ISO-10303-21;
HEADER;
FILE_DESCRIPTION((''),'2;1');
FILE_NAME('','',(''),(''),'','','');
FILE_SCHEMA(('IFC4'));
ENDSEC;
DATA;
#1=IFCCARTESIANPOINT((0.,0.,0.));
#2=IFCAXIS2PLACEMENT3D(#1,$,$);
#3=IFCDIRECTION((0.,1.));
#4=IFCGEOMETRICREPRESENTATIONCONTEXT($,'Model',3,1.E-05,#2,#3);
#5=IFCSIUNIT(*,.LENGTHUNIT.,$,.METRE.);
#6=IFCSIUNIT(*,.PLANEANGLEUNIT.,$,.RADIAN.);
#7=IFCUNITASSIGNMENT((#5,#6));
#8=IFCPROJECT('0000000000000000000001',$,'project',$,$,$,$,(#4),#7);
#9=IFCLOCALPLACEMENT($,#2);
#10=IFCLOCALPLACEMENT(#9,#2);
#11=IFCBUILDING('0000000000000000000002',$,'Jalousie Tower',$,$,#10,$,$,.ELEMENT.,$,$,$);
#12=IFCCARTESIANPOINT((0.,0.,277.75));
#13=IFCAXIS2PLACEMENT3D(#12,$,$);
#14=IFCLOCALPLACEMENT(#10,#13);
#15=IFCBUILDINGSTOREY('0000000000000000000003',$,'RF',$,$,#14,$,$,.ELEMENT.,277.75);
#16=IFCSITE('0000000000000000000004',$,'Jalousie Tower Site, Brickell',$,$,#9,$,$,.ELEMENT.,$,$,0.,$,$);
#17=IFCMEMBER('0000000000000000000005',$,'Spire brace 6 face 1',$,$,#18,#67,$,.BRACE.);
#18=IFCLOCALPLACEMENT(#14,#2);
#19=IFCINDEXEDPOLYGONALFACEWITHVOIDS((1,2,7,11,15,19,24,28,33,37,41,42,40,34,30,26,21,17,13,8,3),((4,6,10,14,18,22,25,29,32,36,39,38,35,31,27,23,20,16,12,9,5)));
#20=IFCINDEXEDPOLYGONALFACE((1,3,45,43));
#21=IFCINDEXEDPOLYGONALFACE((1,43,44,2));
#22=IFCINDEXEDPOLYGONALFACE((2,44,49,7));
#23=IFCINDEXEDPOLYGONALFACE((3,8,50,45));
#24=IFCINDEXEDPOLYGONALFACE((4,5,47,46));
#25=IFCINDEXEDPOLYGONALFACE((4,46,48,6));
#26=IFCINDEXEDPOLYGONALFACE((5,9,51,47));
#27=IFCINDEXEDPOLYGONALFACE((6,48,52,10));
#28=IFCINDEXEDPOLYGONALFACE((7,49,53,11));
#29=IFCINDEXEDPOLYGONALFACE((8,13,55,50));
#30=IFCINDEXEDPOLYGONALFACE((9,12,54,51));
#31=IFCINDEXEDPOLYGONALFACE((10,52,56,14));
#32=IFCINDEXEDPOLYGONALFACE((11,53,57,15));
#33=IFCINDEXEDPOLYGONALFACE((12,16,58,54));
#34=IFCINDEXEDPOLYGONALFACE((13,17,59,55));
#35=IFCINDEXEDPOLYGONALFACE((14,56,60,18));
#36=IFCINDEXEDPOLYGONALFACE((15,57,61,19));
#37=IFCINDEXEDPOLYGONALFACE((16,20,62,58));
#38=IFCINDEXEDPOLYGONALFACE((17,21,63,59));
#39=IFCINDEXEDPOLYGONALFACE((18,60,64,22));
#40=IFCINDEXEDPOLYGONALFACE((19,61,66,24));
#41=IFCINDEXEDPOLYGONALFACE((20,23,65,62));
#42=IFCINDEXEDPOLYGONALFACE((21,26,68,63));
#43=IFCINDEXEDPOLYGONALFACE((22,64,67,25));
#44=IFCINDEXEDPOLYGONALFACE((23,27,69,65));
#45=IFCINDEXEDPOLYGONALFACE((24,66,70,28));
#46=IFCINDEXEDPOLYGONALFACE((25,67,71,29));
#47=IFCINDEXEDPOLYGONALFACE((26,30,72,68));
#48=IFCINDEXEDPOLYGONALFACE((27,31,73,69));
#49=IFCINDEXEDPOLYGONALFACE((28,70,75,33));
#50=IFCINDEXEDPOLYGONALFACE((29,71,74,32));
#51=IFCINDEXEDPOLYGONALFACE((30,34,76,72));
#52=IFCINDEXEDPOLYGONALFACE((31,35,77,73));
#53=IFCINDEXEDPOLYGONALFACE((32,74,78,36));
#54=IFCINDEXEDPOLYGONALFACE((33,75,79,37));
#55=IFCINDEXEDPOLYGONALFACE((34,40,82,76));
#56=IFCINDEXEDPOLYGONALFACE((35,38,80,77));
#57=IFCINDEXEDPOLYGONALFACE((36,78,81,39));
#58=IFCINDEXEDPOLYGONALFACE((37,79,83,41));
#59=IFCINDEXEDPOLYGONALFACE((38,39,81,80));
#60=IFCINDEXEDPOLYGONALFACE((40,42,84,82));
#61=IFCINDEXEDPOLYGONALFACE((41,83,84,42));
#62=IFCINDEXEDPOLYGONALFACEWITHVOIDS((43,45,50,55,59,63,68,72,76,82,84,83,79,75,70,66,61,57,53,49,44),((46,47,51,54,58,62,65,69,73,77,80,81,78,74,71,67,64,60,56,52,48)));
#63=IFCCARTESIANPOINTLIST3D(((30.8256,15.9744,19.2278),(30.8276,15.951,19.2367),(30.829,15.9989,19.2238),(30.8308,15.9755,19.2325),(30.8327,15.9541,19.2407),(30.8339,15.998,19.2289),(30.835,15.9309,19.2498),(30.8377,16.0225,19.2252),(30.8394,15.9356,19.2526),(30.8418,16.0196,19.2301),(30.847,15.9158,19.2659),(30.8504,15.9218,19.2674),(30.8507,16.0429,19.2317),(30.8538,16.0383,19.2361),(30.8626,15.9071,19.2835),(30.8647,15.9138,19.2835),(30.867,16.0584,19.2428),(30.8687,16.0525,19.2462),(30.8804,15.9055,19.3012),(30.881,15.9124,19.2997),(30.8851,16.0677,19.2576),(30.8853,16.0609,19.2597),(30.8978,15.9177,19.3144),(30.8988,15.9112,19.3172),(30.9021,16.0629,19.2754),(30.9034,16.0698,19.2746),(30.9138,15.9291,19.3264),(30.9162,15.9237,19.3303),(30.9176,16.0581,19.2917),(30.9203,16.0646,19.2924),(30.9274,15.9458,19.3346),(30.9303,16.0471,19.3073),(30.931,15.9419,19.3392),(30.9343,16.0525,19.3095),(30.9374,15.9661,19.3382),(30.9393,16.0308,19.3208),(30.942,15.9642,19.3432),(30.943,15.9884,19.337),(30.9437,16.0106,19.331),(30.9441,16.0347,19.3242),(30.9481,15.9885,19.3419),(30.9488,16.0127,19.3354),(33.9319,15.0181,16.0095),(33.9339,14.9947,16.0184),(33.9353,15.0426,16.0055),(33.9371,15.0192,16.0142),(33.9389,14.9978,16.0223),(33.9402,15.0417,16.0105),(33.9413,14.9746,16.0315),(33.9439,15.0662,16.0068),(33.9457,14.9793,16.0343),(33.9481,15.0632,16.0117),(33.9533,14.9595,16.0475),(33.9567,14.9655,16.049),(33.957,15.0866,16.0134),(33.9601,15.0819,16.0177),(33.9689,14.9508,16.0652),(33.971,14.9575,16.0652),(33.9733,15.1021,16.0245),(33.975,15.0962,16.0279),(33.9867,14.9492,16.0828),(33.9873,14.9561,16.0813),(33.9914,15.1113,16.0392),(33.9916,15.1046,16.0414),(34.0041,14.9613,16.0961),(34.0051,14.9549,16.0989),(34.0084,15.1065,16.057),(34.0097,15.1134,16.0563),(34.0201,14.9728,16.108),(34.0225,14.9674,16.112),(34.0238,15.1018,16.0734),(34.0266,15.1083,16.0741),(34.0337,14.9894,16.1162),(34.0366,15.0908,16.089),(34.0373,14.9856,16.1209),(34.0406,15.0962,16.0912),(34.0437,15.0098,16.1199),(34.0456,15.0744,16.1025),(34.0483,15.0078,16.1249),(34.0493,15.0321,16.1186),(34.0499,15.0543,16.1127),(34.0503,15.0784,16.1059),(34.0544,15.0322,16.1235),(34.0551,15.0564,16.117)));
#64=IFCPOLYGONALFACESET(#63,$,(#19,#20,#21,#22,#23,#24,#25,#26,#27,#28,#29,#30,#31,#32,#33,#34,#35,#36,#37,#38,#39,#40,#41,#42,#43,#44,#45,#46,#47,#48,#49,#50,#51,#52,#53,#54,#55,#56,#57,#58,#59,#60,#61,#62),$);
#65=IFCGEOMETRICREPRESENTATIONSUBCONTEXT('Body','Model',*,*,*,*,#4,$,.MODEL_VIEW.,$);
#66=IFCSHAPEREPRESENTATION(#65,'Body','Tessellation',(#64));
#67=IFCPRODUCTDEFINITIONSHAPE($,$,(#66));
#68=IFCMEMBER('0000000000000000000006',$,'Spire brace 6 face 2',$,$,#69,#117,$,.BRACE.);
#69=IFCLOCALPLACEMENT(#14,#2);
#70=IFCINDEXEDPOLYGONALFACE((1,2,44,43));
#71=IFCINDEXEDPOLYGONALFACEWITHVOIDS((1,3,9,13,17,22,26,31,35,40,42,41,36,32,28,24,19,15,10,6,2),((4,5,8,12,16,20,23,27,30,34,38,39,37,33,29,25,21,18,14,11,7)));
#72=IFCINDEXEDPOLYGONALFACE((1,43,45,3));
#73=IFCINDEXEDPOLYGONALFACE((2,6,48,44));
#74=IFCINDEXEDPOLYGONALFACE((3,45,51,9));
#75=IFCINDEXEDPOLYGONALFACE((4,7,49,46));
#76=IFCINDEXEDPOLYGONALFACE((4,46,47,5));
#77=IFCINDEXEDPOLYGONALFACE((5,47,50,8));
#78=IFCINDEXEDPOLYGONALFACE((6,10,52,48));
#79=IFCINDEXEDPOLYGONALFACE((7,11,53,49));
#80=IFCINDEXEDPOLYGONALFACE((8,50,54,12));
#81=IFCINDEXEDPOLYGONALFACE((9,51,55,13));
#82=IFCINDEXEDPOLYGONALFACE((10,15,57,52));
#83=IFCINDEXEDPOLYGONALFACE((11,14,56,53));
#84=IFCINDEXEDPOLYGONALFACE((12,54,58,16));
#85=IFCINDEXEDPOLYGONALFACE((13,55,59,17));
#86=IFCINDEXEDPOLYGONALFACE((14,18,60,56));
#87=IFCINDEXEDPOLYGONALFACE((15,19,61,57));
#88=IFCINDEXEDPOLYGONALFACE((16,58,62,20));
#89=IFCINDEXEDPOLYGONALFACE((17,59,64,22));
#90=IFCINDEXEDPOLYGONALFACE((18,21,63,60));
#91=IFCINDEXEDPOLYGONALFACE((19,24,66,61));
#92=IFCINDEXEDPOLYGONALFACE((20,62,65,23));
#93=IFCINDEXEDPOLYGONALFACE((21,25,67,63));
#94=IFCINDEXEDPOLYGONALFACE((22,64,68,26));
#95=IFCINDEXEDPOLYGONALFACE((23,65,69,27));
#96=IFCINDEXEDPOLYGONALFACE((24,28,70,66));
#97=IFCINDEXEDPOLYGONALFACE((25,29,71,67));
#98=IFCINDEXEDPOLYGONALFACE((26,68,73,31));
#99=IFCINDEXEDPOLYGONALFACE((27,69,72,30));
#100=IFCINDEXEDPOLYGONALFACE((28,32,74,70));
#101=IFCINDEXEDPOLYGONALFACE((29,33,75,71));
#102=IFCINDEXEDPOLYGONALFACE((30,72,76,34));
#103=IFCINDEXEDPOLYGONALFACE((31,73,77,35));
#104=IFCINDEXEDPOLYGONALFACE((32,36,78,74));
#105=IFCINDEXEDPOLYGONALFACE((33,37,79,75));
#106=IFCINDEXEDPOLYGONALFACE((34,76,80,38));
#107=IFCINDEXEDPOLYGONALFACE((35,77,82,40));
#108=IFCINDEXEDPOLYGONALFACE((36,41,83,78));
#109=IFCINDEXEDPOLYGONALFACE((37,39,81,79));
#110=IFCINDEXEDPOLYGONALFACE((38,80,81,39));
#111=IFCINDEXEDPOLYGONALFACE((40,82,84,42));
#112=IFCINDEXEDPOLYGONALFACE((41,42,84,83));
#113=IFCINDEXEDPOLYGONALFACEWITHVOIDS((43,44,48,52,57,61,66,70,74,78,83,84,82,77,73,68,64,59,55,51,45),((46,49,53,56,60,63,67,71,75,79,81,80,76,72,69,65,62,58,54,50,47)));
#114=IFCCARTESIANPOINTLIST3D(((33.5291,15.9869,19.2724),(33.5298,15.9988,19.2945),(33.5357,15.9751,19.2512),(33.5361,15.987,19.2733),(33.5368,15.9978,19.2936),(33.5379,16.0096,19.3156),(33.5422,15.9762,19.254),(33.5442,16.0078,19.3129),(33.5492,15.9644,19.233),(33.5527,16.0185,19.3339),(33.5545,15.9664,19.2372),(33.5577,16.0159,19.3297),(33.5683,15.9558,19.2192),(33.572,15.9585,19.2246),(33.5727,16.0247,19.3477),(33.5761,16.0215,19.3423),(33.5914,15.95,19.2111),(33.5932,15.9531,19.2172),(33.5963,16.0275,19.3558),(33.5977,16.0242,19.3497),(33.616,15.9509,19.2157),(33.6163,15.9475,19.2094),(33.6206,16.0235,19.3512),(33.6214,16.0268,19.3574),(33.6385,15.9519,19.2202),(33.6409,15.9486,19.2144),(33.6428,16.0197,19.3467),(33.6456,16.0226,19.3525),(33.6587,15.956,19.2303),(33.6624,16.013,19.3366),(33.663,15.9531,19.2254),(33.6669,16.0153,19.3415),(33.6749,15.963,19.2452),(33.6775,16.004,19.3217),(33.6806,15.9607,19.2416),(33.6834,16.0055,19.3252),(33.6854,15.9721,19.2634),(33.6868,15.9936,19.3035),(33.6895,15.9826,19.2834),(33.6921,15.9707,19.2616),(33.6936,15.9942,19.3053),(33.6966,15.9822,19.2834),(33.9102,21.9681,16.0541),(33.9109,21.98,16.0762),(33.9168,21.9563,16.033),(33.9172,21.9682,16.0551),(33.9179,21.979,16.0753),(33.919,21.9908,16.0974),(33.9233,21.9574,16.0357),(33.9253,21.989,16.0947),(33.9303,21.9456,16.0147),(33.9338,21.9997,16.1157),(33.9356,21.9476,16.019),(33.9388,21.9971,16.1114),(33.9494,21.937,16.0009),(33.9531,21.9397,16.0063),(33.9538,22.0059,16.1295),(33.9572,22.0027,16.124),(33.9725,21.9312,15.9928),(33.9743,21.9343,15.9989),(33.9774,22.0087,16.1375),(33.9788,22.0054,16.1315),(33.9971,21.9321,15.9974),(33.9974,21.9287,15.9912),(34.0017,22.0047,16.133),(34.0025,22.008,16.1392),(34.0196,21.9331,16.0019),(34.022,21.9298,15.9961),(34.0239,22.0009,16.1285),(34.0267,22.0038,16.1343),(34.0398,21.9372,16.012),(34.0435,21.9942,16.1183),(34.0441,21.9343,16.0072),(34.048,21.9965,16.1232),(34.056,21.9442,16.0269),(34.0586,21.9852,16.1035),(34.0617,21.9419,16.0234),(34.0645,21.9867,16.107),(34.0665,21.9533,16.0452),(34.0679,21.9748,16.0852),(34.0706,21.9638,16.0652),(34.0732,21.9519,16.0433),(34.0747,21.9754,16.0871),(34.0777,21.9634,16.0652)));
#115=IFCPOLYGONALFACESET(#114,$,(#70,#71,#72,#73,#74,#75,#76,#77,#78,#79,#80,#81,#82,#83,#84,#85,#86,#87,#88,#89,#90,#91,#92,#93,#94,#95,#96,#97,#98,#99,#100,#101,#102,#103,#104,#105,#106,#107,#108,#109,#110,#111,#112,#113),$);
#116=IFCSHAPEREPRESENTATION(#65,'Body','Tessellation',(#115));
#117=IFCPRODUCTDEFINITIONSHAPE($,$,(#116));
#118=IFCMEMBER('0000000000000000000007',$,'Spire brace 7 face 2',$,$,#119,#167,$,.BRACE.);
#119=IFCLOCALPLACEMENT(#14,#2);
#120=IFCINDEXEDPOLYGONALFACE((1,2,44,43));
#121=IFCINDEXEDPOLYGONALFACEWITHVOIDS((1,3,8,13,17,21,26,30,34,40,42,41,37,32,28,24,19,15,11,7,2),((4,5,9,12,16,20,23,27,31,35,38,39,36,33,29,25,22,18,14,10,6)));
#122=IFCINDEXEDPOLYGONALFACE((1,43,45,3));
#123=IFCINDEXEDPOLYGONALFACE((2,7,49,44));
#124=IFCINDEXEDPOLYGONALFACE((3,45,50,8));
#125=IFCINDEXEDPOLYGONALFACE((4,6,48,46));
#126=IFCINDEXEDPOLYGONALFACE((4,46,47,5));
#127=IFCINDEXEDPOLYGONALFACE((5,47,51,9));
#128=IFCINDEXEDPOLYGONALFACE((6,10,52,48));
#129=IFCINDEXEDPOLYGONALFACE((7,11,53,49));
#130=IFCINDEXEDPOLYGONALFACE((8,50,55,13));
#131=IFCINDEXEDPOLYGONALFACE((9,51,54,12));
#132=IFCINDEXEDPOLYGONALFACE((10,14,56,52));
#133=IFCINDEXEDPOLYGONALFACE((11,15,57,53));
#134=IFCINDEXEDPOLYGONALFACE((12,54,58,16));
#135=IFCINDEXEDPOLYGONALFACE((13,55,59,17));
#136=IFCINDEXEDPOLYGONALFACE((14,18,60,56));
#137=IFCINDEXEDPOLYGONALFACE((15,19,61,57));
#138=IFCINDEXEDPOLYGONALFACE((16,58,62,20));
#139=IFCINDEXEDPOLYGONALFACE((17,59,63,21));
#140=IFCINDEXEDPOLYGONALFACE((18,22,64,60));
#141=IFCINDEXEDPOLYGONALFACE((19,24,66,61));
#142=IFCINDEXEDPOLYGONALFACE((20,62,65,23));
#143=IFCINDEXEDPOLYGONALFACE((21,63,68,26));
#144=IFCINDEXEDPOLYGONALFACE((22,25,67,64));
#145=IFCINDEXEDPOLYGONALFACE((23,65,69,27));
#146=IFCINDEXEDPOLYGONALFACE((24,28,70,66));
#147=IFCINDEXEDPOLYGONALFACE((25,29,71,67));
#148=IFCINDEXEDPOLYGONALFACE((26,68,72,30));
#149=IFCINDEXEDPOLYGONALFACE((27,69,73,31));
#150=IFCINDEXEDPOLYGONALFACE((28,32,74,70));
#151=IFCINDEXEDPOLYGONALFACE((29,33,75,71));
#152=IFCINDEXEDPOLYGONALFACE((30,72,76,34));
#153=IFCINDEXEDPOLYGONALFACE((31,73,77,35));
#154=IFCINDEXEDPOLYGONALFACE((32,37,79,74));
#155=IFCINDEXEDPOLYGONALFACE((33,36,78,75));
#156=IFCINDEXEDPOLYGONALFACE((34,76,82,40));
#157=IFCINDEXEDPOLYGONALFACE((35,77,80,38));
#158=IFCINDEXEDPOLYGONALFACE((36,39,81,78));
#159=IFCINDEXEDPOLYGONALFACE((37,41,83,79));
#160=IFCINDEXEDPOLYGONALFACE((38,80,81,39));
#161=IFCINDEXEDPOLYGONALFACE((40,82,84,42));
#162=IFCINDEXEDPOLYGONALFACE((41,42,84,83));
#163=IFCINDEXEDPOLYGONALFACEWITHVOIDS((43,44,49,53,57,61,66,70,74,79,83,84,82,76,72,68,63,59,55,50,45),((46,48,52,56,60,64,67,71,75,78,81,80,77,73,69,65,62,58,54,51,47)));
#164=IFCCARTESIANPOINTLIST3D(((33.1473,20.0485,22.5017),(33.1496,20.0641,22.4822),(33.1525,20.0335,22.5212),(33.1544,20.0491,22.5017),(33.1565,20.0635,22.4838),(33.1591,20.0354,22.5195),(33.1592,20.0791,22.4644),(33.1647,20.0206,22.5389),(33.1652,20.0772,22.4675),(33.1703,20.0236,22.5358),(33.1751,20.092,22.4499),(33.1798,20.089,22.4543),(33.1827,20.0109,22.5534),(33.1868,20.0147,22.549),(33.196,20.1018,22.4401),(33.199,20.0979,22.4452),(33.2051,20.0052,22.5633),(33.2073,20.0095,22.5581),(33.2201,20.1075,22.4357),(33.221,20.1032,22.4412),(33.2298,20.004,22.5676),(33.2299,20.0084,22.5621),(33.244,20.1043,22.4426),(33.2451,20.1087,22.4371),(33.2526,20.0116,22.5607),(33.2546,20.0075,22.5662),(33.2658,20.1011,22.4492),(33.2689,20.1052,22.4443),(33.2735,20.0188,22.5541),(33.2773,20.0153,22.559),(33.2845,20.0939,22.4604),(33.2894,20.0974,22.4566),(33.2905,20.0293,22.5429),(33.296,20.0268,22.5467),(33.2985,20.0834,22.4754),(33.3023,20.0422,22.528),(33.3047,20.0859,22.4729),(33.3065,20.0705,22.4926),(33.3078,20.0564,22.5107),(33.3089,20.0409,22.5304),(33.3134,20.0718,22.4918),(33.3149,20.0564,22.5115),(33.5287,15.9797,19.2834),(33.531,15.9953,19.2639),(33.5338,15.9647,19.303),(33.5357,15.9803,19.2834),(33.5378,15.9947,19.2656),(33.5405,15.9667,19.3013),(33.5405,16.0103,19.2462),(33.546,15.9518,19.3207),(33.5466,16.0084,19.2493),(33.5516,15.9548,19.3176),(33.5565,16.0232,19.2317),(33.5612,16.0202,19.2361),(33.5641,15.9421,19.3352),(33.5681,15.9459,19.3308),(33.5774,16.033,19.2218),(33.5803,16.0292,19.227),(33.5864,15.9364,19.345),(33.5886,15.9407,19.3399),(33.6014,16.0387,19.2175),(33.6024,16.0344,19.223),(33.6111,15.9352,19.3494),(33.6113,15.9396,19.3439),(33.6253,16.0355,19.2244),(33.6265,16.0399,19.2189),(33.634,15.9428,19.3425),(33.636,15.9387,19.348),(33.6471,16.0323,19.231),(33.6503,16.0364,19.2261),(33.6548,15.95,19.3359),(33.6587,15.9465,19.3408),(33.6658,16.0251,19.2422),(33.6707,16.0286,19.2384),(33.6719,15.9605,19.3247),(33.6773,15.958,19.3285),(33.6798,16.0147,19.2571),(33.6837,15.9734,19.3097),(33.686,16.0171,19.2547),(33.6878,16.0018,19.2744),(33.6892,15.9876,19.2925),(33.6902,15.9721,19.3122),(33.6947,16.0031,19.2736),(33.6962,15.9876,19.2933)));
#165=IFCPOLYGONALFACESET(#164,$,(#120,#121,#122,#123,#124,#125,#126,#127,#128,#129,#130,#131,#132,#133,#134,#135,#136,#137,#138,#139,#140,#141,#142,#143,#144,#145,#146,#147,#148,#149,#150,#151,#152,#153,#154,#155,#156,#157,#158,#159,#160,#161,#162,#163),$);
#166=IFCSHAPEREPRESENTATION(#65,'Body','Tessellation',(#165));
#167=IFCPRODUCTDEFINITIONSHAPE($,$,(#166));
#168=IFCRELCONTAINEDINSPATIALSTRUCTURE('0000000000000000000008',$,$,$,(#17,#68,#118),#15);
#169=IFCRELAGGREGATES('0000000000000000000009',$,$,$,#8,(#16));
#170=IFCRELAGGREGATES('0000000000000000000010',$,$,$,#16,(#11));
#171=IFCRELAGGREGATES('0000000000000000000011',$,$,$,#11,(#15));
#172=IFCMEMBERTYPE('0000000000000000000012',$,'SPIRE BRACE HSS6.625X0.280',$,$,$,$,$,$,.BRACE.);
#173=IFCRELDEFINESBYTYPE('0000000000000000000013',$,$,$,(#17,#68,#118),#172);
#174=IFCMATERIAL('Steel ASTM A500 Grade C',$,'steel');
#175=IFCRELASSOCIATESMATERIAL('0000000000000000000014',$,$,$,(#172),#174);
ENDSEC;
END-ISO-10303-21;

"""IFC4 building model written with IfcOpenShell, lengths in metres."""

from ifc_helpers import new_model, si_unit, direction, frame, origin, origin_2d, place, context, subcontext, project, spatial, hollow_circle, extrude, material, material_profile, profile_set, type_object, element, save


model = new_model("IFC4")

# Units and contexts
model_context = context("Model", 3, precision=1e-05, world=origin(), true_north=direction((0.0, 1.0)))
body_context = subcontext(model_context, "Body", "Model", "MODEL_VIEW")
ifc_project = project(units=[si_unit("LENGTHUNIT", "METRE"), si_unit("PLANEANGLEUNIT", "RADIAN")], contexts=[model_context])

# Site, building, storey
site_placement = place(None, origin())
site = spatial("IfcSite", under=ifc_project, at=site_placement, Name="Jalousie Tower Site, Brickell", CompositionType="ELEMENT", RefElevation=0.0)
building_placement = place(site_placement, origin())
building = spatial("IfcBuilding", under=site, at=building_placement, Name="Jalousie Tower", CompositionType="ELEMENT")
storey_placement = place(building_placement, frame((0.0, 0.0, 277.75)))
storey = spatial("IfcBuildingStorey", under=building, at=storey_placement, Name="RF", CompositionType="ELEMENT", Elevation=277.75)

# Members
ifc_material_1 = material(Name="Steel ASTM A500 Grade C", Category="steel")
ifc_material_profile_1 = material_profile(ifc_material_1, hollow_circle(Radius=0.0842, WallThickness=0.0071, at=origin_2d()), Name="HSS6.625X0.280")
ifc_profile_set_1 = profile_set([ifc_material_profile_1], Name="Steel ASTM A500 Grade C")
member_type_1 = type_object("IfcMemberType", Name="SPIRE BRACE HSS6.625X0.280", PredefinedType="BRACE", material=ifc_profile_set_1)
member_1_placement = place(storey_placement, frame((33.9937, 15.0312, 16.0652), z_axis=(-0.67912, 0.209079, 0.70362), x_axis=(-0.294239, -0.955732, 0.0)))
element("IfcMember", 1, at=member_1_placement, inside=storey, type_object=member_type_1, Name="Spire brace 6 face 1", PredefinedType="BRACE", context=body_context, shape_type="SweptSolid", body=[
    extrude(hollow_circle(Radius=0.0842, WallThickness=0.0071, at=origin_2d()), origin(), (0.0, 0.0, 1.0), 4.574),
])
member_2_placement = place(storey_placement, frame((33.9937, 21.9688, 16.0652), z_axis=(-0.056022, -0.879235, 0.473083), x_axis=(0.997976, -0.063588, 0.0)))
element("IfcMember", 2, at=member_2_placement, inside=storey, type_object=member_type_1, Name="Spire brace 6 face 2", PredefinedType="BRACE", context=body_context, shape_type="SweptSolid", body=[
    extrude(hollow_circle(Radius=0.0842, WallThickness=0.0071, at=origin_2d()), origin(), (0.0, 0.0, 1.0), 6.8027),
])
member_3_placement = place(storey_placement, frame((33.6125, 15.9875, 19.2834), z_axis=(-0.073311, 0.782208, 0.618689), x_axis=(-0.995637, -0.093315, 0.0)))
element("IfcMember", 3, at=member_3_placement, inside=storey, type_object=member_type_1, Name="Spire brace 7 face 2", PredefinedType="BRACE", context=body_context, shape_type="SweptSolid", body=[
    extrude(hollow_circle(Radius=0.0842, WallThickness=0.0071, at=origin_2d()), origin(), (0.0, 0.0, 1.0), 5.2017),
])

save(model, "model.ifc")
